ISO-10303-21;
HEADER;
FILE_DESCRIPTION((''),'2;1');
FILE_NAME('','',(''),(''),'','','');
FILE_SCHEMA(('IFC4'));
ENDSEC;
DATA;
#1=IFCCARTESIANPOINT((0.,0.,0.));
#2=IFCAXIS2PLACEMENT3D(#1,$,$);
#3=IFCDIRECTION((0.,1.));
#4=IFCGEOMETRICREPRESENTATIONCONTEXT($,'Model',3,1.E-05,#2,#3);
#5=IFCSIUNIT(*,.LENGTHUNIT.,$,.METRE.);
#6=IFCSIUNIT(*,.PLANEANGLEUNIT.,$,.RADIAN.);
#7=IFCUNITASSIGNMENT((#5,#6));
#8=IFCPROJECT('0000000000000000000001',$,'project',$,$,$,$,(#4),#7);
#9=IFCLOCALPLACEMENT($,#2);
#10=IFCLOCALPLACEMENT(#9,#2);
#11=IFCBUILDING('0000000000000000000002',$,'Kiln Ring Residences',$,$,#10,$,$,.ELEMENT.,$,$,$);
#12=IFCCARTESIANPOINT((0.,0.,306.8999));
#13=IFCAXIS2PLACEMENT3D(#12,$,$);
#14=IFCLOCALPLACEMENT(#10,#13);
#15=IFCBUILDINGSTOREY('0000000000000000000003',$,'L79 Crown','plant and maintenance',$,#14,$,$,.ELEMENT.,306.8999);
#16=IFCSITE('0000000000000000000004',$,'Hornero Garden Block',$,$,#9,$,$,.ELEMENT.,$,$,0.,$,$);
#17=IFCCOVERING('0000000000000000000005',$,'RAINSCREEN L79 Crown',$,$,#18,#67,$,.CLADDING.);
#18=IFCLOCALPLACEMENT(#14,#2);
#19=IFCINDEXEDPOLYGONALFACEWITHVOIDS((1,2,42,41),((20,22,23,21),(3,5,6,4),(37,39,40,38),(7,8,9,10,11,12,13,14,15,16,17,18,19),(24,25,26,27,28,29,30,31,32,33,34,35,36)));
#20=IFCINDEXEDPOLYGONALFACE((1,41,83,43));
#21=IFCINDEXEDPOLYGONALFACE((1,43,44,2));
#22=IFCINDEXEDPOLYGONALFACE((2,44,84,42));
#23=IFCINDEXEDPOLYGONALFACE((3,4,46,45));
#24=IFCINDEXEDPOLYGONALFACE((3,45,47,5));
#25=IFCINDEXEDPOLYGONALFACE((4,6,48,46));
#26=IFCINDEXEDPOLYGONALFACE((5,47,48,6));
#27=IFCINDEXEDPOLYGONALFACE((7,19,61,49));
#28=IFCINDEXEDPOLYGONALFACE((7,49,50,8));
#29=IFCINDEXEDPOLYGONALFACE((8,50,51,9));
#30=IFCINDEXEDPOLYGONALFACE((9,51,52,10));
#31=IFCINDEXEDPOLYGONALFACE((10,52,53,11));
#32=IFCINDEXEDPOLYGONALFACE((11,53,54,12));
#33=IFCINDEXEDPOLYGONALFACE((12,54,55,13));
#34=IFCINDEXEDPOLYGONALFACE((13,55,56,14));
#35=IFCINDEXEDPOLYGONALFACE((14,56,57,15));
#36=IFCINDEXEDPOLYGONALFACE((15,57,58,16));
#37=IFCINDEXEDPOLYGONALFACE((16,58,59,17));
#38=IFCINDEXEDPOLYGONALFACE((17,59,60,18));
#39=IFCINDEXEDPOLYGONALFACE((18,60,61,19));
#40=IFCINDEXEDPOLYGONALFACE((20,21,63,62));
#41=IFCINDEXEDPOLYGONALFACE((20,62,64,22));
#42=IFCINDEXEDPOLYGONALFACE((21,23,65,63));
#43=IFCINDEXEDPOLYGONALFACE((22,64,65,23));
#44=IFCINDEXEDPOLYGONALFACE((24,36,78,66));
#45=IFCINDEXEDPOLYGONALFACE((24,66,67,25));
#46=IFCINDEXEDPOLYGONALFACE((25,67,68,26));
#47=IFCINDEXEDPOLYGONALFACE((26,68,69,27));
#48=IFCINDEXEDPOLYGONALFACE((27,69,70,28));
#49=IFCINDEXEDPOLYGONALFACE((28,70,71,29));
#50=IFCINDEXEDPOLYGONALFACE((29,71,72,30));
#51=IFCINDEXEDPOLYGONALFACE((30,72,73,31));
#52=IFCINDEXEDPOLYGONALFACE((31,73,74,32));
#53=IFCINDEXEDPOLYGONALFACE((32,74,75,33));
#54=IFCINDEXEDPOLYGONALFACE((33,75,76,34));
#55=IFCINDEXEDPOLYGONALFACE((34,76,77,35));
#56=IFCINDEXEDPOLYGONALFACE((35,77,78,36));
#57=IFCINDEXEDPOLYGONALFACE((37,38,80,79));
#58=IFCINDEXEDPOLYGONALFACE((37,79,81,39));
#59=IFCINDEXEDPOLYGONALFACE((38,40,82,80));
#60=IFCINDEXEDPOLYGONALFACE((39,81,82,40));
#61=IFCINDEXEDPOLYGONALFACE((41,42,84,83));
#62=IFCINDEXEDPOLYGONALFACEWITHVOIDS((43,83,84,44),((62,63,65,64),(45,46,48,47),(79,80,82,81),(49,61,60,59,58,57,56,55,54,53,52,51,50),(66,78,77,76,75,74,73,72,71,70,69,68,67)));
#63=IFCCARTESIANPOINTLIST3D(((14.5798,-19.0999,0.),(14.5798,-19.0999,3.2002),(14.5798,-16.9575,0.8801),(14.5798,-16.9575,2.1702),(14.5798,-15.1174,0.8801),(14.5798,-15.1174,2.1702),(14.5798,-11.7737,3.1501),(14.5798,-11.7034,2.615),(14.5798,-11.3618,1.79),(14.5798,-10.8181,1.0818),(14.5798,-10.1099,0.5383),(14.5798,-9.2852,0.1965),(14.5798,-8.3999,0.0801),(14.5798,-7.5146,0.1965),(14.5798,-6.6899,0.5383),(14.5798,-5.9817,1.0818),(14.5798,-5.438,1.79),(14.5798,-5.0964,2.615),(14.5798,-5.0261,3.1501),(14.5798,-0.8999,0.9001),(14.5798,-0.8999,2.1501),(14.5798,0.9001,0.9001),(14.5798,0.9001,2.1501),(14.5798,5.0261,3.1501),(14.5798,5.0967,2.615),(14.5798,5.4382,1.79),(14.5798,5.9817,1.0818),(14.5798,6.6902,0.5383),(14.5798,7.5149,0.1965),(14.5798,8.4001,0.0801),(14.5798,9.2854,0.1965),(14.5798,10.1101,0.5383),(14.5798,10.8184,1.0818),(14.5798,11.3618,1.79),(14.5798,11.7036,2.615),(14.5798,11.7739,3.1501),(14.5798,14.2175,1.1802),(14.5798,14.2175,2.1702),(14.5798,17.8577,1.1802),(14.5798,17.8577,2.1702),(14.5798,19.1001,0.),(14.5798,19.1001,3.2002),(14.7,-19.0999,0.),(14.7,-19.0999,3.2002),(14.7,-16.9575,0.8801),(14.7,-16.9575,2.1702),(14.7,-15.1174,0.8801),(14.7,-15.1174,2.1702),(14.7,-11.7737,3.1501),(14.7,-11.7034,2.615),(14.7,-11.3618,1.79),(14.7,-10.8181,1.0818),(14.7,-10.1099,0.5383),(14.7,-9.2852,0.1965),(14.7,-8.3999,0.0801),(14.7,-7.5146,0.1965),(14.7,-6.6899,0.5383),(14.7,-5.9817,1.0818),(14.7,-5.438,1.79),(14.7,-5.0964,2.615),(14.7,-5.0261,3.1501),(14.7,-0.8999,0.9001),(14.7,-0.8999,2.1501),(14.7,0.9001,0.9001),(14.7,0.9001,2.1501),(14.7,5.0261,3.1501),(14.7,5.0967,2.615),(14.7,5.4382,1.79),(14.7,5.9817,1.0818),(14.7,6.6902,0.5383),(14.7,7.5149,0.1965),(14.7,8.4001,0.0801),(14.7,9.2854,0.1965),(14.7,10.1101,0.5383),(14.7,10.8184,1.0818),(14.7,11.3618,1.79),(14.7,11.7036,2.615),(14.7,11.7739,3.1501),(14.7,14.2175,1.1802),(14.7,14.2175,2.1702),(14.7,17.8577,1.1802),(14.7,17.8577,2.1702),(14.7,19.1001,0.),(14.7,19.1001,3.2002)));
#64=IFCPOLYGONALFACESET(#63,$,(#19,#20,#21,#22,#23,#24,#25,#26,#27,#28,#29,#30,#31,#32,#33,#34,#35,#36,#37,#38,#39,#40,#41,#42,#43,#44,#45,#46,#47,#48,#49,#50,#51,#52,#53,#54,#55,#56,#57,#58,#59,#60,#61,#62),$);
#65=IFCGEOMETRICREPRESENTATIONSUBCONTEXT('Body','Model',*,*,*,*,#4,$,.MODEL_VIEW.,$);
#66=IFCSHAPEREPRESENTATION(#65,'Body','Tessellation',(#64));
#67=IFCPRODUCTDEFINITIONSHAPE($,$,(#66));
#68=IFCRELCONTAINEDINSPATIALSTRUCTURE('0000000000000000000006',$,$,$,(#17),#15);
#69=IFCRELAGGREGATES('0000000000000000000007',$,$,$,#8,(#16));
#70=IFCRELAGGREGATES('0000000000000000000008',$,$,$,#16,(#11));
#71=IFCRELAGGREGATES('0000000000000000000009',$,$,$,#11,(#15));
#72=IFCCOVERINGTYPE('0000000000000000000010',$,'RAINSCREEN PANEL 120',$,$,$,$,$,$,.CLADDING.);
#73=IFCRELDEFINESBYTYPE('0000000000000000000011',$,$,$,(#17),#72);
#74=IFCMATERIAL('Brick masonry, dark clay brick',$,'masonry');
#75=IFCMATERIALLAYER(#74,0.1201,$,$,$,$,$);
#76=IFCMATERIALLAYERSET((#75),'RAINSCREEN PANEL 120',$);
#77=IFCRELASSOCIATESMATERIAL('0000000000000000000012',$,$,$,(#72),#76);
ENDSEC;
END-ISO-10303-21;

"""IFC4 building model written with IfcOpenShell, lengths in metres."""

from ifc_helpers import new_model, si_unit, direction, frame, origin, place, context, subcontext, project, spatial, polyline, outline, extrude, material, layer, layer_set, type_object, element, save


model = new_model("IFC4")

# Units and contexts
model_context = context("Model", 3, precision=1e-05, world=origin(), true_north=direction((0.0, 1.0)))
body_context = subcontext(model_context, "Body", "Model", "MODEL_VIEW")
ifc_project = project(units=[si_unit("LENGTHUNIT", "METRE"), si_unit("PLANEANGLEUNIT", "RADIAN")], contexts=[model_context])

# Site, building, storey
site_placement = place(None, origin())
site = spatial("IfcSite", under=ifc_project, at=site_placement, Name="Hornero Garden Block", CompositionType="ELEMENT", RefElevation=0.0)
building_placement = place(site_placement, origin())
building = spatial("IfcBuilding", under=site, at=building_placement, Name="Kiln Ring Residences", CompositionType="ELEMENT")
storey_placement = place(building_placement, frame((0.0, 0.0, 306.8999)))
storey = spatial("IfcBuildingStorey", under=building, at=storey_placement, Name="L79 Crown", Description="plant and maintenance", CompositionType="ELEMENT", Elevation=306.8999)

# Covering
ifc_material_1 = material(Name="Brick masonry, dark clay brick", Category="masonry")
ifc_layer_1 = layer(ifc_material_1, 0.1201)
ifc_layer_set_1 = layer_set([ifc_layer_1], Name="RAINSCREEN PANEL 120")
covering_type = type_object("IfcCoveringType", Name="RAINSCREEN PANEL 120", PredefinedType="CLADDING", material=ifc_layer_set_1)
covering_placement = place(storey_placement, frame((14.6399, 19.1001, 0.0), z_axis=(0.0, 0.0, 1.0), x_axis=(0.0, -1.0, 0.0)))
element("IfcCovering", 1, at=covering_placement, inside=storey, type_object=covering_type, Name="RAINSCREEN L79 Crown", PredefinedType="CLADDING", context=body_context, shape_type="SweptSolid", body=[
    extrude(outline(polyline([(0.0, 0.0), (38.2, 0.0), (38.2, 3.2002), (0.0, 3.2002), (0.0, 0.0)]), holes=[polyline([(18.2, 0.9001), (20.0, 0.9001), (20.0, 2.1501), (18.2, 2.1501), (18.2, 0.9001)]), polyline([(34.2175, 0.8801), (36.0576, 0.8801), (36.0576, 2.1702), (34.2175, 2.1702), (34.2175, 0.8801)]), polyline([(1.2424, 1.1802), (4.8826, 1.1802), (4.8826, 2.1702), (1.2424, 2.1702), (1.2424, 1.1802)]), polyline([(12.4099, 0.5383), (13.1184, 1.0818), (13.6619, 1.79), (14.0034, 2.615), (14.074, 3.1501), (7.3262, 3.1501), (7.3965, 2.615), (7.7383, 1.79), (8.2817, 1.0818), (8.99, 0.5383), (9.8147, 0.1965), (10.7, 0.0801), (11.5852, 0.1965), (12.4099, 0.5383)]), polyline([(29.21, 0.5383), (29.9182, 1.0818), (30.4619, 1.79), (30.8035, 2.615), (30.8738, 3.1501), (24.1262, 3.1501), (24.1965, 2.615), (24.5381, 1.79), (25.0818, 1.0818), (25.79, 0.5383), (26.6147, 0.1965), (27.5, 0.0801), (28.3853, 0.1965), (29.21, 0.5383)])]), frame((0.0, 0.0601, 0.0), z_axis=(0.0, -1.0, 0.0), x_axis=(1.0, 0.0, 0.0)), (0.0, 0.0, 1.0), 0.1201),
])

save(model, "model.ifc")
